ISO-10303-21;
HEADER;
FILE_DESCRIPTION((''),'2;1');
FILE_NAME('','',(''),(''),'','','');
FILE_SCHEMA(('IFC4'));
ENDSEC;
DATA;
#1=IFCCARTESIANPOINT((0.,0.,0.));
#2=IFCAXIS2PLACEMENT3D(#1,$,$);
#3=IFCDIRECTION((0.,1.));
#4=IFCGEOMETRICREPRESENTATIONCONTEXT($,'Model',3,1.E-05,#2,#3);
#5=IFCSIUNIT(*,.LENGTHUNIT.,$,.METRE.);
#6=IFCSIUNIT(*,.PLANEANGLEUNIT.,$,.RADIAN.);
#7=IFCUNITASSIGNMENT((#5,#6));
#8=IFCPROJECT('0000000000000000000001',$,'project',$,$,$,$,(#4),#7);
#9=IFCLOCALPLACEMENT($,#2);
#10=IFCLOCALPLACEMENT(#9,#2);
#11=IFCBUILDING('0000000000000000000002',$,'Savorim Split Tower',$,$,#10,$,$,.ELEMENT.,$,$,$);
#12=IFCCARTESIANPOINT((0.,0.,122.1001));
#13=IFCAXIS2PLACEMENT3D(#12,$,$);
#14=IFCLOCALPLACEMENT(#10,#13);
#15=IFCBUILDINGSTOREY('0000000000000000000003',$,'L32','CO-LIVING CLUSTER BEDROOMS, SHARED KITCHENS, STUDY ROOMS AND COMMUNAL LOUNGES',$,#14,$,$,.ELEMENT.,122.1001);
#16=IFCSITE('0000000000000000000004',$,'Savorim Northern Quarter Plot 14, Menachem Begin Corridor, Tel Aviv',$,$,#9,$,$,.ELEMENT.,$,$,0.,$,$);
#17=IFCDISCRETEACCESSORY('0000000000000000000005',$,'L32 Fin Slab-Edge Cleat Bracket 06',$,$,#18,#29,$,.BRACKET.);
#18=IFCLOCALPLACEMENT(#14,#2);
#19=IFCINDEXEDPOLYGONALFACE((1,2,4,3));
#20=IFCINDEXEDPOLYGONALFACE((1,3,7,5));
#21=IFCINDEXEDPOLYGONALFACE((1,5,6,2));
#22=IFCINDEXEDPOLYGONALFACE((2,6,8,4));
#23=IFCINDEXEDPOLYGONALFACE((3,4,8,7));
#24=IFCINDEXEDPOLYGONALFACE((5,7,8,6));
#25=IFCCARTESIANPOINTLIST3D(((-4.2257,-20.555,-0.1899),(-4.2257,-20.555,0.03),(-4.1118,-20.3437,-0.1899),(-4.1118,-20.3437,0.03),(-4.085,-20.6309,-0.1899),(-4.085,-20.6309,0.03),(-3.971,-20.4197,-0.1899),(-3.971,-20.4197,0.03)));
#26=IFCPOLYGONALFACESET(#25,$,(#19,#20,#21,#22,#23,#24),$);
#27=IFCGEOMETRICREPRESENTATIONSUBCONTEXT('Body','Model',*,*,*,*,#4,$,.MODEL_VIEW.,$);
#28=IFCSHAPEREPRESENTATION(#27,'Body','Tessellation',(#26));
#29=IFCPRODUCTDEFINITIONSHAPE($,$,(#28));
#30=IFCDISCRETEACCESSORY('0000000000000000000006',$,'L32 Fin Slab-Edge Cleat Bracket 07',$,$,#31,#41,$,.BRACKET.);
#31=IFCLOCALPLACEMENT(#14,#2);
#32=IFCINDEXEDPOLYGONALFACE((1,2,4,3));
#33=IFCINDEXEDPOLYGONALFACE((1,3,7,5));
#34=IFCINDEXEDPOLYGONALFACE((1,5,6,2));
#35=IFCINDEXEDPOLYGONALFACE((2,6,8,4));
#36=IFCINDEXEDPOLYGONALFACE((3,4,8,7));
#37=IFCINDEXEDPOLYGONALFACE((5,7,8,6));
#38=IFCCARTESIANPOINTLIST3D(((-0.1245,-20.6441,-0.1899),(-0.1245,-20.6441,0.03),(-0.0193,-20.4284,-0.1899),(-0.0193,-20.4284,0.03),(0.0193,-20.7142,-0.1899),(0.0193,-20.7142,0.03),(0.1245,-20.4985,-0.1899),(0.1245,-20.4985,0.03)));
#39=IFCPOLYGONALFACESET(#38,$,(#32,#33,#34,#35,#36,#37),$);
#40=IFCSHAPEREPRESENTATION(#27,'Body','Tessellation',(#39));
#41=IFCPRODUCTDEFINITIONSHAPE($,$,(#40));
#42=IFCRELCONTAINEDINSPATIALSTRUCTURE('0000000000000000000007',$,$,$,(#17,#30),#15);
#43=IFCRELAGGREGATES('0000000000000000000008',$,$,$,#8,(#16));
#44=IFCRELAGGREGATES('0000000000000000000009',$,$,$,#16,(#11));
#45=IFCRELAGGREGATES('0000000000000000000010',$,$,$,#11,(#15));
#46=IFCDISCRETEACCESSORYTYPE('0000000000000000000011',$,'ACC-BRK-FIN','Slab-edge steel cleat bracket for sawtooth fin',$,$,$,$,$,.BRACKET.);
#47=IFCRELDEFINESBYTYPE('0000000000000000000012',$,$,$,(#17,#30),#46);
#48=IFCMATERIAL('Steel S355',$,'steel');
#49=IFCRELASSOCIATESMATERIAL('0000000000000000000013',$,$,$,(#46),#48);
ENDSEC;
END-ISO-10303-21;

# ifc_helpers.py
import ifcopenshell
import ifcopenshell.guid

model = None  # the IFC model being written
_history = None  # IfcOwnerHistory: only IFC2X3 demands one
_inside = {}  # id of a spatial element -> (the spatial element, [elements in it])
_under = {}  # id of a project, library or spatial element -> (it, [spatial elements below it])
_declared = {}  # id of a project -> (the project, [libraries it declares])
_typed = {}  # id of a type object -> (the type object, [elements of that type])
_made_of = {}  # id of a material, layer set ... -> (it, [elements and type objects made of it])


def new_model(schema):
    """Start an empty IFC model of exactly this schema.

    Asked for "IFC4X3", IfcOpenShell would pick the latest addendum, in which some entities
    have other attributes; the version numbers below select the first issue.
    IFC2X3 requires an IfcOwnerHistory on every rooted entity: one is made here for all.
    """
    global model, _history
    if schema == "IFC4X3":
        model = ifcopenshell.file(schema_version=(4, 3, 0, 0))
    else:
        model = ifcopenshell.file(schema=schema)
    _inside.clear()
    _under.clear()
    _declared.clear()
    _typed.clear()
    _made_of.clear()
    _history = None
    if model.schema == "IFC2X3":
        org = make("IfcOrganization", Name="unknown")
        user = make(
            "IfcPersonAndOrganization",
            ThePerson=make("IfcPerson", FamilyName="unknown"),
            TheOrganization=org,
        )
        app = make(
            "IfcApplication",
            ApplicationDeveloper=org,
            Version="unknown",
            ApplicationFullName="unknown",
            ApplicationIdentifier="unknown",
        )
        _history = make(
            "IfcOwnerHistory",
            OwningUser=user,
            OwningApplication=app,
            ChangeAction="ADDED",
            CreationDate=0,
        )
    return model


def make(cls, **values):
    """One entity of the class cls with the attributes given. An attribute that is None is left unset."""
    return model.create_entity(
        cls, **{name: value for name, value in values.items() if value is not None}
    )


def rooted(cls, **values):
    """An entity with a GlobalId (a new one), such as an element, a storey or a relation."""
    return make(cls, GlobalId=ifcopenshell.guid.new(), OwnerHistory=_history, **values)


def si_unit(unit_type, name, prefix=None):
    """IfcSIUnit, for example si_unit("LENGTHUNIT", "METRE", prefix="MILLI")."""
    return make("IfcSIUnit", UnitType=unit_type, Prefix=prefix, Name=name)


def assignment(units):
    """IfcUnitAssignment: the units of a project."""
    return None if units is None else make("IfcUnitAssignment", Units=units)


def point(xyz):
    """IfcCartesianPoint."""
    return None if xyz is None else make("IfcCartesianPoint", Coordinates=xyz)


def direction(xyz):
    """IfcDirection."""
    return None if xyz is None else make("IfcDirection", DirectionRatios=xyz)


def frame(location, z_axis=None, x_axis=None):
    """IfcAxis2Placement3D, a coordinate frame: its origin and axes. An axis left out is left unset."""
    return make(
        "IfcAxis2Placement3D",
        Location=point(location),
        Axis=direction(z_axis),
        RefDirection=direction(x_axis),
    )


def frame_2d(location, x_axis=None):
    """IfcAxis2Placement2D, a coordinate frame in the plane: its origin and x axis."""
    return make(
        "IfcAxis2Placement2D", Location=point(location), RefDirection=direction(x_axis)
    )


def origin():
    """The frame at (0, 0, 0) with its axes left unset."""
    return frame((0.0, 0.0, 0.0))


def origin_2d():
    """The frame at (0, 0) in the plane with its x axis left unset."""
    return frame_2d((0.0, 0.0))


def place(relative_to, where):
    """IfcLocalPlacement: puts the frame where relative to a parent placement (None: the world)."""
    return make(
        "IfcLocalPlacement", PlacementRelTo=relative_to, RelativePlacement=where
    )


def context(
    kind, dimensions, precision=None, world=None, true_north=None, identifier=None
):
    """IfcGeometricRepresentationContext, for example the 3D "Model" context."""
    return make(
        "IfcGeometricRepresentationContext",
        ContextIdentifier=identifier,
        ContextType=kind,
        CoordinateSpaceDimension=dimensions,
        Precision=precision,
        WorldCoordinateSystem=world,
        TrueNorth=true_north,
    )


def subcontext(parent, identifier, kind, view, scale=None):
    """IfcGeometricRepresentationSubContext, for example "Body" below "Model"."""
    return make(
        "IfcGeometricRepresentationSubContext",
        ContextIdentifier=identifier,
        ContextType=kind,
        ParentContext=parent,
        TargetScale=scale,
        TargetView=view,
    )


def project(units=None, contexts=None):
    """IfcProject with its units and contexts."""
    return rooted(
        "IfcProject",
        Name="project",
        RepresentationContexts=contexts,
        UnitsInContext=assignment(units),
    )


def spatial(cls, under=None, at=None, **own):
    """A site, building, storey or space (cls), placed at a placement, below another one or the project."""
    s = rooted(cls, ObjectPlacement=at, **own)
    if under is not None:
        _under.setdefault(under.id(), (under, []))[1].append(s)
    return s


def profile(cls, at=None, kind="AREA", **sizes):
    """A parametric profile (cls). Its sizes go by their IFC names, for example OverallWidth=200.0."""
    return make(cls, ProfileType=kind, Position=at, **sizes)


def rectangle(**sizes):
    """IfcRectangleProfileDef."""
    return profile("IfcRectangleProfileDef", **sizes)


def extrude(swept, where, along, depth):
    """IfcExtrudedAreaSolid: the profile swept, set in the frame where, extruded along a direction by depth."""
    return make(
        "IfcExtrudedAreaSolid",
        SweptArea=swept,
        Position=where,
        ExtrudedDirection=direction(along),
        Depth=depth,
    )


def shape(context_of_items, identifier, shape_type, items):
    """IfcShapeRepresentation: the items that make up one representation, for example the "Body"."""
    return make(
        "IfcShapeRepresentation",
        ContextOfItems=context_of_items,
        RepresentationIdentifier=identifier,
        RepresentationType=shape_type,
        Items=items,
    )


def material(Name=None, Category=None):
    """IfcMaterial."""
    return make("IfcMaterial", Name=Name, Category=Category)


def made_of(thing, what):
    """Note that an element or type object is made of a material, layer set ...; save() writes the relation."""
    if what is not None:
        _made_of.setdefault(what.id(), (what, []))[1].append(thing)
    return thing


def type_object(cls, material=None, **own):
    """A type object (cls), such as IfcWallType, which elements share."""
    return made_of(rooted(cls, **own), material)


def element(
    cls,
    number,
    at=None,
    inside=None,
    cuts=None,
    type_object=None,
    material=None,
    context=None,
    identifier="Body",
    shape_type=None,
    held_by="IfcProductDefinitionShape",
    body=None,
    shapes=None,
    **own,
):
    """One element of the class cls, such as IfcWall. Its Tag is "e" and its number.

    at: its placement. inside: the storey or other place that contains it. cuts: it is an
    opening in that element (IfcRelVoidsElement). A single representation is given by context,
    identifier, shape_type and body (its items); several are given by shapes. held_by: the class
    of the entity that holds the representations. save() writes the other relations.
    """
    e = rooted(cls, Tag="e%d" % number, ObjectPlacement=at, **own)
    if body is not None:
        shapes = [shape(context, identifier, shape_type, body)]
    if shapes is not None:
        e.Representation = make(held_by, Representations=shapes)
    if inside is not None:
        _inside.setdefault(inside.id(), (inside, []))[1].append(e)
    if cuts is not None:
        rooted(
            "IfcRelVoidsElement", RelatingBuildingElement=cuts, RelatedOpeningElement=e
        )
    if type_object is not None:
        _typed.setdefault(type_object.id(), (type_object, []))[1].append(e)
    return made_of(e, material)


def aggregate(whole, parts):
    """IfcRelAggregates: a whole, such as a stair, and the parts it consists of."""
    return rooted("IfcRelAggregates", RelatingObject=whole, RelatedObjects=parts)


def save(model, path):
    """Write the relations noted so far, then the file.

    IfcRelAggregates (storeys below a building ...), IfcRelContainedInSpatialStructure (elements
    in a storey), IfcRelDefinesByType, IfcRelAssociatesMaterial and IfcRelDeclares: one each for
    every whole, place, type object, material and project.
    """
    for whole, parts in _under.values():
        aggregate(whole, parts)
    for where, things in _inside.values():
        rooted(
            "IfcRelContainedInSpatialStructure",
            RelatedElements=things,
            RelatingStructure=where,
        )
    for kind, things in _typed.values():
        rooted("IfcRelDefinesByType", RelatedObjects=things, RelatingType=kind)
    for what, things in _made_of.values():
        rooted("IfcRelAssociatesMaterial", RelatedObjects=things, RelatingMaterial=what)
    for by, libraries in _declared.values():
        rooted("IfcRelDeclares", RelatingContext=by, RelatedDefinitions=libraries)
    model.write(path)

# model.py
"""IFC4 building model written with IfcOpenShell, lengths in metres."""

from ifc_helpers import new_model, si_unit, direction, frame, origin, origin_2d, place, context, subcontext, project, spatial, rectangle, extrude, material, type_object, element, save


model = new_model("IFC4")

# Units and contexts
model_context = context("Model", 3, precision=1e-05, world=origin(), true_north=direction((0.0, 1.0)))
body_context = subcontext(model_context, "Body", "Model", "MODEL_VIEW")
ifc_project = project(units=[si_unit("LENGTHUNIT", "METRE"), si_unit("PLANEANGLEUNIT", "RADIAN")], contexts=[model_context])

# Site, building, storey
site_placement = place(None, origin())
site = spatial("IfcSite", under=ifc_project, at=site_placement, Name="Savorim Northern Quarter Plot 14, Menachem Begin Corridor, Tel Aviv", CompositionType="ELEMENT", RefElevation=0.0)
building_placement = place(site_placement, origin())
building = spatial("IfcBuilding", under=site, at=building_placement, Name="Savorim Split Tower", CompositionType="ELEMENT")
storey_placement = place(building_placement, frame((0.0, 0.0, 122.1001)))
storey = spatial("IfcBuildingStorey", under=building, at=storey_placement, Name="L32", Description="CO-LIVING CLUSTER BEDROOMS, SHARED KITCHENS, STUDY ROOMS AND COMMUNAL LOUNGES", CompositionType="ELEMENT", Elevation=122.1001)

# Shared definitions
ifc_material_1 = material(Name="Steel S355", Category="steel")

# Discrete accessories
discrete_accessory_type = type_object("IfcDiscreteAccessoryType", Name="ACC-BRK-FIN", Description="Slab-edge steel cleat bracket for sawtooth fin", PredefinedType="BRACKET", material=ifc_material_1)
for number, where, z_axis, x_axis, name in (
    (1, (-4.0984, -20.4873, -0.1899), (0.0, 0.0, 1.0), (-0.474778, -0.880106, 0.0), "L32 Fin Slab-Edge Cleat Bracket 06"),
    (2, (0.0, -20.5713, -0.1899), (0.0, 0.0, 1.0), (-0.438371, -0.898794, 0.0), "L32 Fin Slab-Edge Cleat Bracket 07"),
):
    element("IfcDiscreteAccessory", number, at=place(storey_placement, frame(where, z_axis=z_axis, x_axis=x_axis)), inside=storey, type_object=discrete_accessory_type, Name=name, PredefinedType="BRACKET", context=body_context, shape_type="SweptSolid", body=[
        extrude(rectangle(XDim=0.24, YDim=0.1599, at=origin_2d()), origin(), (0.0, 0.0, 1.0), 0.22),
    ])

save(model, "model.ifc")
